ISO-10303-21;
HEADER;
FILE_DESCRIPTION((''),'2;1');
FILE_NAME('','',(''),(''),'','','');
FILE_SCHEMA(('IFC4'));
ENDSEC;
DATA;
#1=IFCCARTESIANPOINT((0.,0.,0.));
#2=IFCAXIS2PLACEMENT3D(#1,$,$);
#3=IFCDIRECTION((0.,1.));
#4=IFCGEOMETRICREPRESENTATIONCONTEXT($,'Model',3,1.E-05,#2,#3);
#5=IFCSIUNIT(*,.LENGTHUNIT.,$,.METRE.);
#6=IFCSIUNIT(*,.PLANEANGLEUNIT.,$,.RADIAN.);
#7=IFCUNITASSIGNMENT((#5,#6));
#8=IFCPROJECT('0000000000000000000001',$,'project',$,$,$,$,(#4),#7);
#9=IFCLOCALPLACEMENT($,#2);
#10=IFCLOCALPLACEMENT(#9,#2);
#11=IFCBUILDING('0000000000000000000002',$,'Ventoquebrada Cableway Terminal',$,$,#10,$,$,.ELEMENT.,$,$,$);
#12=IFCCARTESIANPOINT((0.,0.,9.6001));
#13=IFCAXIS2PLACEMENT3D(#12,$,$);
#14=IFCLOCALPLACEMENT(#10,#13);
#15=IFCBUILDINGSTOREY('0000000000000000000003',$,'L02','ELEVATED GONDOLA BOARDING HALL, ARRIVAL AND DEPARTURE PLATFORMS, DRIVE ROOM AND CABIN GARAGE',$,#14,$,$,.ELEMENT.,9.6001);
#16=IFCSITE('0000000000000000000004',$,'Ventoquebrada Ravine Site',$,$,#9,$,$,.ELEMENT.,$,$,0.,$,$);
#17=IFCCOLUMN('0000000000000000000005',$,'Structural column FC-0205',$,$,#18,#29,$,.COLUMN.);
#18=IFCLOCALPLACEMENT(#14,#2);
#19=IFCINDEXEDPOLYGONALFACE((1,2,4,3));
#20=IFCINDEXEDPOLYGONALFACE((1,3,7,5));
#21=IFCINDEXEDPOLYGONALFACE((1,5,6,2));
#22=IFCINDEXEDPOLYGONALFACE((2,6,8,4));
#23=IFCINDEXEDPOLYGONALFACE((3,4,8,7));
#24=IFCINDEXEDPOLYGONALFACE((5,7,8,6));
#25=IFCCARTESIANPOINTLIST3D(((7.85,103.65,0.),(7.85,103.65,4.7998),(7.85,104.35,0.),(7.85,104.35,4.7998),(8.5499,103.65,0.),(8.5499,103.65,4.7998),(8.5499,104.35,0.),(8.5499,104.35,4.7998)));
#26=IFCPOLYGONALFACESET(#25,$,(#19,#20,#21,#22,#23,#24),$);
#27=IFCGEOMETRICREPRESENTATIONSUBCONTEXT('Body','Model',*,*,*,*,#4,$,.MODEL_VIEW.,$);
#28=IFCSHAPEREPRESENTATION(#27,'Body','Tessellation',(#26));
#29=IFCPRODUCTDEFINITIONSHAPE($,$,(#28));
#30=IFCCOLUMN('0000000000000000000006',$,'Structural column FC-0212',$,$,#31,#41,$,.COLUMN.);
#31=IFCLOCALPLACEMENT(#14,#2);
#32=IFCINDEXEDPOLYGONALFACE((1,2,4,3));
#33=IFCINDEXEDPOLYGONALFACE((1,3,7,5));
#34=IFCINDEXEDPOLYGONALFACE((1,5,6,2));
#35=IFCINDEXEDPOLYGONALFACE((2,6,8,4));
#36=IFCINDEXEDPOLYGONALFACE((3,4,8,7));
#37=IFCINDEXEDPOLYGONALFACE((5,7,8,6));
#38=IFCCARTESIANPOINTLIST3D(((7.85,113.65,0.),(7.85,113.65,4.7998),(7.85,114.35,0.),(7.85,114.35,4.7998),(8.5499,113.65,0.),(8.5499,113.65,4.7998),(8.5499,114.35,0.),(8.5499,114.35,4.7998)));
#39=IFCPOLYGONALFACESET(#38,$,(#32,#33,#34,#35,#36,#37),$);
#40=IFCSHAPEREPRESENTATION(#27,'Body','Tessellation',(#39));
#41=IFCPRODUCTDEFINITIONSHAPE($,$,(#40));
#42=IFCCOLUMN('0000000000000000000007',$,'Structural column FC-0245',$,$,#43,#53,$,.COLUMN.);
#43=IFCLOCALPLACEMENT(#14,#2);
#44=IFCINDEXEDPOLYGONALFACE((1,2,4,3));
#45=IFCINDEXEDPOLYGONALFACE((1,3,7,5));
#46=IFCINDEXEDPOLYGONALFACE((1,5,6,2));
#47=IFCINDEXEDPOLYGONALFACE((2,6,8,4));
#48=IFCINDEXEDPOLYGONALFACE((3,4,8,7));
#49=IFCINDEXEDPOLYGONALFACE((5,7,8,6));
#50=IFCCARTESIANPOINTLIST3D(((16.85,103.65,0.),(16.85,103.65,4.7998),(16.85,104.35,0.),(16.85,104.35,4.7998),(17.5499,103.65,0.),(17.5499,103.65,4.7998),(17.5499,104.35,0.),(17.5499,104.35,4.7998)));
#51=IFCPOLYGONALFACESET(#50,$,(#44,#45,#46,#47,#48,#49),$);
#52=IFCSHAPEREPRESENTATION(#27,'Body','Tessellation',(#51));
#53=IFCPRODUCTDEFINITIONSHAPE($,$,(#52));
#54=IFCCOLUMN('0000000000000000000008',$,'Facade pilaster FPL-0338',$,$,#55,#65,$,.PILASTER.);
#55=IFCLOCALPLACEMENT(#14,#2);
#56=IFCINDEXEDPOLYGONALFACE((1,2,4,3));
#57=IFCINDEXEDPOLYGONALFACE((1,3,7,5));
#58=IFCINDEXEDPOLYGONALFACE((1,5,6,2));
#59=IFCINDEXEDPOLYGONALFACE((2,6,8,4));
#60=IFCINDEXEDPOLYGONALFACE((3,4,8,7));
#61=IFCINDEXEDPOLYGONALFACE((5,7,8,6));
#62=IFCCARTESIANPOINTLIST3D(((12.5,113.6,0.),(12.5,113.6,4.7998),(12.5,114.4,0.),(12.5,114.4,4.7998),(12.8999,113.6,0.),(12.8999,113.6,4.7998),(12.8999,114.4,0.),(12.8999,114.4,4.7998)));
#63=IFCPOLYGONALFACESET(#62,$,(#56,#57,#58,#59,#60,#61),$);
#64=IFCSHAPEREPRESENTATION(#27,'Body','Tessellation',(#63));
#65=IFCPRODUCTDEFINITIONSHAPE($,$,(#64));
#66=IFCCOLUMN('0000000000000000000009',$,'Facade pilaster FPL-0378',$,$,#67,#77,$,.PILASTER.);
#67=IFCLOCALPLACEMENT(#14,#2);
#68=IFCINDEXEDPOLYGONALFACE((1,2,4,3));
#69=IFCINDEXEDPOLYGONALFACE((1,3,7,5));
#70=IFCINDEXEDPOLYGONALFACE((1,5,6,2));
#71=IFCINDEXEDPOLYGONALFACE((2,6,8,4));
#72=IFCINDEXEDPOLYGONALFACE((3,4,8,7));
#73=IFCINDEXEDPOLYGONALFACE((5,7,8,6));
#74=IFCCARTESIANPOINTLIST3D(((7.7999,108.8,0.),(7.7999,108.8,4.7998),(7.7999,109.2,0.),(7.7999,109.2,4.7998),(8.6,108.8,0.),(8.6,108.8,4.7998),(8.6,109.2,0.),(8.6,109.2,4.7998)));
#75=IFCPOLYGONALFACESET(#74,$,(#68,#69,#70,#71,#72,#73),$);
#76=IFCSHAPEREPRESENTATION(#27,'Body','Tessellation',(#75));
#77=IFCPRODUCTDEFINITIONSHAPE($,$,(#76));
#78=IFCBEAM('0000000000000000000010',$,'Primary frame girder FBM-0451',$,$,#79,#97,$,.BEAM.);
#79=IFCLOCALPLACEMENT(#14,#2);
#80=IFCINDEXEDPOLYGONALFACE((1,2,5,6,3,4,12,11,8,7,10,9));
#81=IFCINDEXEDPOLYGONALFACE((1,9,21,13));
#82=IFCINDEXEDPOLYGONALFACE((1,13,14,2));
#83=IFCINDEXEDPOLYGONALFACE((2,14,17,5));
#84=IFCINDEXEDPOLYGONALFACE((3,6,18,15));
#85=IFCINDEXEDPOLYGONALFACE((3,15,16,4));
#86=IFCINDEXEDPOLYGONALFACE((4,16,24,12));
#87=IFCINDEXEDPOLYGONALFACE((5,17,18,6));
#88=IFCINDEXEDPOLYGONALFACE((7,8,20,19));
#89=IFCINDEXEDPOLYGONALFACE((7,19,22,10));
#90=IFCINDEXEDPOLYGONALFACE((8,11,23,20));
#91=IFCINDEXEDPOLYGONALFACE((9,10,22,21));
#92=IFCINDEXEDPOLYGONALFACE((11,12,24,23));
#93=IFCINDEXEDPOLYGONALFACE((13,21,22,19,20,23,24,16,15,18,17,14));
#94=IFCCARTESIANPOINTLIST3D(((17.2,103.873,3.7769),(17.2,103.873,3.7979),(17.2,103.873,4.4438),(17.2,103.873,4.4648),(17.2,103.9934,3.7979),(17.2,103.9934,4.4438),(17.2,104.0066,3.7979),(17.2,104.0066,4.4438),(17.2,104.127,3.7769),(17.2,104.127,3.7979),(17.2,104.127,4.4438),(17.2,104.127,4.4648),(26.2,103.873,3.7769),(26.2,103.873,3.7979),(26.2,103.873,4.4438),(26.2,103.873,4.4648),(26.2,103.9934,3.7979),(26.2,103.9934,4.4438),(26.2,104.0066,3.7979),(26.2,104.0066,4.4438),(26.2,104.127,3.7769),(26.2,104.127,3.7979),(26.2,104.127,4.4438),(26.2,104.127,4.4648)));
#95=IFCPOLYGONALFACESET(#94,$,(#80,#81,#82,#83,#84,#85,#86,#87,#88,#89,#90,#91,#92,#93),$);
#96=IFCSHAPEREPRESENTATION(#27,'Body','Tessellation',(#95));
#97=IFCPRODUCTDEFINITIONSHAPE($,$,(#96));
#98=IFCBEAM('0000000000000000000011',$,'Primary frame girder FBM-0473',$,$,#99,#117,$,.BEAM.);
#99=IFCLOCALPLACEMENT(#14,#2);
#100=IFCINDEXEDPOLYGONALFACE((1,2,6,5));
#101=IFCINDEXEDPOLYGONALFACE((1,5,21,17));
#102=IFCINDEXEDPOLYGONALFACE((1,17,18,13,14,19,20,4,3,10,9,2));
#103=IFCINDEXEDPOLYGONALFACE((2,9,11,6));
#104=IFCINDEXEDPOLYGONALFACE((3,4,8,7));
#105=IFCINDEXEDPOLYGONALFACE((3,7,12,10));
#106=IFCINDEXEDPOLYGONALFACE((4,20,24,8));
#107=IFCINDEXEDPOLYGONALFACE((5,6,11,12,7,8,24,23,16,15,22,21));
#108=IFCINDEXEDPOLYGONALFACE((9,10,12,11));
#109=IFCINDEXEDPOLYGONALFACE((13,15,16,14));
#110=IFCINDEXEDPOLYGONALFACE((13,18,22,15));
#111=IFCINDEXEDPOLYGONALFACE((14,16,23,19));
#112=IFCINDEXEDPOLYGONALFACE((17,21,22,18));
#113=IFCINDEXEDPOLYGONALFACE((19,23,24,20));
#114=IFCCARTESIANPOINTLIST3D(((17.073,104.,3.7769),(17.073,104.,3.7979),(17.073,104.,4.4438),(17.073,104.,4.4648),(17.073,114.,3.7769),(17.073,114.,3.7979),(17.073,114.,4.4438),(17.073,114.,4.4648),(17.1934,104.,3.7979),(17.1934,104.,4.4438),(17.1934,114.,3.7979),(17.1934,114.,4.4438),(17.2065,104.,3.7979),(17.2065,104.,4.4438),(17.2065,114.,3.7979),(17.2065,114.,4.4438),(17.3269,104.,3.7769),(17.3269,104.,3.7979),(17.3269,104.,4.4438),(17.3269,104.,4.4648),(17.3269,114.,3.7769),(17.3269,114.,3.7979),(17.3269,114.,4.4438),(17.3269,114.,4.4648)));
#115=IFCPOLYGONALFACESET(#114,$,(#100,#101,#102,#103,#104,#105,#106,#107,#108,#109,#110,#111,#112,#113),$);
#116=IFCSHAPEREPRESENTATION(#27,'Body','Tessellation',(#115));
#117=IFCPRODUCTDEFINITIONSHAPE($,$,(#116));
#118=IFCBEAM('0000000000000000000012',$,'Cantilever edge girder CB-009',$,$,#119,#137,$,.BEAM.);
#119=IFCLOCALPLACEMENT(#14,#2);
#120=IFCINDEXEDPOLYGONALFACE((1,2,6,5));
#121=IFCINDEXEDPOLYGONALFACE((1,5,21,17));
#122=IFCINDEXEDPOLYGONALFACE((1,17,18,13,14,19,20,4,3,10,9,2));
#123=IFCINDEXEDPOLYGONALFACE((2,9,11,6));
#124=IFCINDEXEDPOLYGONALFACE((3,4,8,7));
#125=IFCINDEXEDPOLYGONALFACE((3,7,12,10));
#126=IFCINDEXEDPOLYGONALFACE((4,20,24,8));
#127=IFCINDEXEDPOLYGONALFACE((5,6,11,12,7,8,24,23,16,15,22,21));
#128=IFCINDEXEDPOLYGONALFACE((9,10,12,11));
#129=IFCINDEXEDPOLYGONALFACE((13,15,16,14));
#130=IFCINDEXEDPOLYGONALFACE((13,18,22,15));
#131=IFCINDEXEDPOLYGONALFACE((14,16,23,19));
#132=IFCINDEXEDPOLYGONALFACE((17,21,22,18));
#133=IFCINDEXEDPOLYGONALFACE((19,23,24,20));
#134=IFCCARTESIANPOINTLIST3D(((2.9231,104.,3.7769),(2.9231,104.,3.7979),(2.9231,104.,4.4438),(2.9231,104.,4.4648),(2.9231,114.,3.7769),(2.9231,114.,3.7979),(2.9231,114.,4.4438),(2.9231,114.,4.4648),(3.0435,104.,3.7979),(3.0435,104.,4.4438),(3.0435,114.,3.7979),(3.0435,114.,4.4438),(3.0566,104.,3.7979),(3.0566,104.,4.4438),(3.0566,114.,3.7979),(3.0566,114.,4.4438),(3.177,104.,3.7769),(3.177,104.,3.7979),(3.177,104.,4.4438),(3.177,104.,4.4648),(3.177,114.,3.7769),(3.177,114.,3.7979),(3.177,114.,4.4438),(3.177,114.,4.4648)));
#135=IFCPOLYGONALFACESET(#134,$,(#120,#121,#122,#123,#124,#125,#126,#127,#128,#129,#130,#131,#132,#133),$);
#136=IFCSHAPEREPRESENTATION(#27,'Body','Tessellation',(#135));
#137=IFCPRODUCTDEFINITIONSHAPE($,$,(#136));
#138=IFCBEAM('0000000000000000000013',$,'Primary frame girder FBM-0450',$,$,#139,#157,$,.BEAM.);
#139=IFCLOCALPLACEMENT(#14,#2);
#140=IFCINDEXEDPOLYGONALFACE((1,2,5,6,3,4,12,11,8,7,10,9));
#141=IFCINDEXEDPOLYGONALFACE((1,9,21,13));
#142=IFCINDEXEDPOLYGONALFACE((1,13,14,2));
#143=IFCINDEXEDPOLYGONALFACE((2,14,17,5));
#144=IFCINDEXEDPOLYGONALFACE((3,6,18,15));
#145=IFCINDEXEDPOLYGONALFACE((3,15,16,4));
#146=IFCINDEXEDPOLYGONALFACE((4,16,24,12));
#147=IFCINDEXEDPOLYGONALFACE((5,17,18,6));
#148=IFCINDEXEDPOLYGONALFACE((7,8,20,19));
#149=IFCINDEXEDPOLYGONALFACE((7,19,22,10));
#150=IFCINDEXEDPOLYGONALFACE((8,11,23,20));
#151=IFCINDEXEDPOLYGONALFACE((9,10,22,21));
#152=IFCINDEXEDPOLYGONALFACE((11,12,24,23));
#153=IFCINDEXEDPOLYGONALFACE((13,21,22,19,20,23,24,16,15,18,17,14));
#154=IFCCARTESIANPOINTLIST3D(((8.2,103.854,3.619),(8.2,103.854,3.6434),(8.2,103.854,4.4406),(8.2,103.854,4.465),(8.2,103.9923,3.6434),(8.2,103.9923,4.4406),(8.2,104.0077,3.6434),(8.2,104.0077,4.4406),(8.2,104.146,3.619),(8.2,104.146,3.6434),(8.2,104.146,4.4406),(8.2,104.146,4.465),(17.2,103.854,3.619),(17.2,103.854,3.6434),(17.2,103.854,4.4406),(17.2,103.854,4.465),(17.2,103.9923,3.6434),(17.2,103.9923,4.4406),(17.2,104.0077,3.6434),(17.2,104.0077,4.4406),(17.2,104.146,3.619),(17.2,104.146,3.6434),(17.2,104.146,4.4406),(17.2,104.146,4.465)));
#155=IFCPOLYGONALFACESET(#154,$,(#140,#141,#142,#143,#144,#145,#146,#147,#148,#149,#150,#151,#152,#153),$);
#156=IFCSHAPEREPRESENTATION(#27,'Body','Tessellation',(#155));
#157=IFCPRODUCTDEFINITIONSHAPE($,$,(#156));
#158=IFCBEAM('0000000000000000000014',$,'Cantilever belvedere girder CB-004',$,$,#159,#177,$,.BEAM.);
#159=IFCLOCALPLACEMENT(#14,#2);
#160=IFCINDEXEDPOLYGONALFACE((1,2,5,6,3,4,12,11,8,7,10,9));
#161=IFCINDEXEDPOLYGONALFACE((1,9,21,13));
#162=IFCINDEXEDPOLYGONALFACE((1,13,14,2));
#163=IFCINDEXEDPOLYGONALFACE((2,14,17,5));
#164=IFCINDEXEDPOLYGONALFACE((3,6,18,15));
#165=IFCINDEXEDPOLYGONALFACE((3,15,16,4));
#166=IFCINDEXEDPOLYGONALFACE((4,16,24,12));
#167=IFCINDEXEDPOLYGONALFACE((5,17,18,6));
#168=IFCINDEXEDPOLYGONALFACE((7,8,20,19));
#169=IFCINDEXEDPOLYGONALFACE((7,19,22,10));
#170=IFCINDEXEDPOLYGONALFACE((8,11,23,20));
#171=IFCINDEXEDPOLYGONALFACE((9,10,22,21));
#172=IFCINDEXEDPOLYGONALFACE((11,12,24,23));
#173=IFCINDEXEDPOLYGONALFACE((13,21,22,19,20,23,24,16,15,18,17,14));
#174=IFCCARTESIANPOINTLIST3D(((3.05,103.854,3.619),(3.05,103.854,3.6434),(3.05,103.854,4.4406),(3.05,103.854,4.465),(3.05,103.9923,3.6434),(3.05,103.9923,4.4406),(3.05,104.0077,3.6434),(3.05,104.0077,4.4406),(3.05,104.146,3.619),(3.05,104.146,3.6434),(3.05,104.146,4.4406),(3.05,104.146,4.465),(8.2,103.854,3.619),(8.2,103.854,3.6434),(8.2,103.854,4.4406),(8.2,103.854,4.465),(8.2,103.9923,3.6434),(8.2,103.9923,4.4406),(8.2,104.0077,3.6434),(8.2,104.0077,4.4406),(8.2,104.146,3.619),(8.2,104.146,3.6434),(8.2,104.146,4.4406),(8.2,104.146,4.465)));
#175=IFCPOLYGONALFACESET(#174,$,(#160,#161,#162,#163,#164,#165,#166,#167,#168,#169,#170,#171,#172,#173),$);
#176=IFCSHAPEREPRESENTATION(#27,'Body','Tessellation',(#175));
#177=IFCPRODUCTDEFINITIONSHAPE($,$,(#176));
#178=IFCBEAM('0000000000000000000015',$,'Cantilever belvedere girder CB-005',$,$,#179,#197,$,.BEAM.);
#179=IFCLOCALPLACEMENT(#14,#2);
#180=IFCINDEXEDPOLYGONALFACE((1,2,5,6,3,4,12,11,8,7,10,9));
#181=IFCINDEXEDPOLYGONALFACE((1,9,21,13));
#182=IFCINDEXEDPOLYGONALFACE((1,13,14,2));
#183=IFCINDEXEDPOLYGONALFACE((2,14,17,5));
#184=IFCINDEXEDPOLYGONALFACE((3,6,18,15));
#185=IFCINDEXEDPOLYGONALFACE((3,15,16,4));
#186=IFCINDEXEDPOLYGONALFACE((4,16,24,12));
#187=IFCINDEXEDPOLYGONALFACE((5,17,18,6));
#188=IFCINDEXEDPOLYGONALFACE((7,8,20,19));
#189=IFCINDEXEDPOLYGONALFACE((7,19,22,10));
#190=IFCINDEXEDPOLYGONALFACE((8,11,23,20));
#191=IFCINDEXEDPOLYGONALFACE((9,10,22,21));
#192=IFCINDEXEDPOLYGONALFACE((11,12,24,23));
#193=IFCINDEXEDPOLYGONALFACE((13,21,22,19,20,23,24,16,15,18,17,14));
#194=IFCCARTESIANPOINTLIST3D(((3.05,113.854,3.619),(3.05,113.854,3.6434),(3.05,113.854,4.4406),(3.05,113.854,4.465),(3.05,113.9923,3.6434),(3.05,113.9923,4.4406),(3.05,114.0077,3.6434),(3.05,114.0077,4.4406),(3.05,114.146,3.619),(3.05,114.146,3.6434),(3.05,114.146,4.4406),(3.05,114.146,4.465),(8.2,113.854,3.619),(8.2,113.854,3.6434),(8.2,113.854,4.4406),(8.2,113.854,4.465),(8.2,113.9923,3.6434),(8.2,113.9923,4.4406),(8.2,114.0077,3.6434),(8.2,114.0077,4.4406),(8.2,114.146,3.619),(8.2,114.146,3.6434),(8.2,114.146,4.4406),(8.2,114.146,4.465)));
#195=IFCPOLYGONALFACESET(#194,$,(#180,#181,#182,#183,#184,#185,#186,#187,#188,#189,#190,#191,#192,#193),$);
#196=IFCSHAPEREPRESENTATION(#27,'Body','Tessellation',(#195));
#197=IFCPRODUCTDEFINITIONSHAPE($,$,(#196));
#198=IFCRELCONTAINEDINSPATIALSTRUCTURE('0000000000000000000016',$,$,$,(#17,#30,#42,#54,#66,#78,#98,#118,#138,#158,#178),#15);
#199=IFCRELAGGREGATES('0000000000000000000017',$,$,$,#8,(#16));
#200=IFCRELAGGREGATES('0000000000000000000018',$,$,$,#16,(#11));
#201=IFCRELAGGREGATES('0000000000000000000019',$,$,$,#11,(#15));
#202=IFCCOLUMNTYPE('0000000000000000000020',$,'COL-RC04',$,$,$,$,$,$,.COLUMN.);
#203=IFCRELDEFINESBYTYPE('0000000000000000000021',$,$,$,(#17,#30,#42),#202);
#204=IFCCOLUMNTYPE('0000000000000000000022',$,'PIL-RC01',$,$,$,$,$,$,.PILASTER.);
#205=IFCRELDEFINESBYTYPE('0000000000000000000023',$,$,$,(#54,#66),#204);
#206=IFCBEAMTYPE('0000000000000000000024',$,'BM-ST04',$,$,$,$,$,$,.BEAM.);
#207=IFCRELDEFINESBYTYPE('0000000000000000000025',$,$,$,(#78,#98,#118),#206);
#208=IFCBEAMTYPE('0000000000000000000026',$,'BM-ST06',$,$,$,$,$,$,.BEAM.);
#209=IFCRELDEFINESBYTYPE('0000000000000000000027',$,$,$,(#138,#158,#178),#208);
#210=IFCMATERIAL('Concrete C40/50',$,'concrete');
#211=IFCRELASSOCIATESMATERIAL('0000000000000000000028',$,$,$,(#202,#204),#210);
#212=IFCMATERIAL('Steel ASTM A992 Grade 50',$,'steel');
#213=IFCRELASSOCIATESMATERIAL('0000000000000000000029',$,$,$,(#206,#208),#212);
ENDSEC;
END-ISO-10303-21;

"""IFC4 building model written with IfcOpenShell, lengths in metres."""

from ifc_helpers import new_model, si_unit, direction, frame, origin, origin_2d, place, context, subcontext, project, spatial, rectangle, i_section, extrude, material, material_profile, profile_set, type_object, element, save


model = new_model("IFC4")

# Units and contexts
model_context = context("Model", 3, precision=1e-05, world=origin(), true_north=direction((0.0, 1.0)))
body_context = subcontext(model_context, "Body", "Model", "MODEL_VIEW")
ifc_project = project(units=[si_unit("LENGTHUNIT", "METRE"), si_unit("PLANEANGLEUNIT", "RADIAN")], contexts=[model_context])

# Site, building, storey
site_placement = place(None, origin())
site = spatial("IfcSite", under=ifc_project, at=site_placement, Name="Ventoquebrada Ravine Site", CompositionType="ELEMENT", RefElevation=0.0)
building_placement = place(site_placement, origin())
building = spatial("IfcBuilding", under=site, at=building_placement, Name="Ventoquebrada Cableway Terminal", CompositionType="ELEMENT")
storey_placement = place(building_placement, frame((0.0, 0.0, 9.6001)))
storey = spatial("IfcBuildingStorey", under=building, at=storey_placement, Name="L02", Description="ELEVATED GONDOLA BOARDING HALL, ARRIVAL AND DEPARTURE PLATFORMS, DRIVE ROOM AND CABIN GARAGE", CompositionType="ELEMENT", Elevation=9.6001)

# Columns
ifc_material_1 = material(Name="Concrete C40/50", Category="concrete")
ifc_material_profile_1 = material_profile(ifc_material_1, rectangle(XDim=0.7, YDim=0.7, at=origin_2d()), Name="RC-COL-700X700")
ifc_profile_set_1 = profile_set([ifc_material_profile_1], Name="Concrete C40/50")
column_type_1 = type_object("IfcColumnType", Name="COL-RC04", PredefinedType="COLUMN", material=ifc_profile_set_1)
for number, where, z_axis, x_axis, name in (
    (1, (8.2, 104.0, 0.0), (0.0, 0.0, 1.0), (1.0, 0.0, 0.0), "Structural column FC-0205"),
    (2, (8.2, 114.0, 0.0), (0.0, 0.0, 1.0), (1.0, 0.0, 0.0), "Structural column FC-0212"),
    (3, (17.2, 104.0, 0.0), (0.0, 0.0, 1.0), (1.0, 0.0, 0.0), "Structural column FC-0245"),
):
    element("IfcColumn", number, at=place(storey_placement, frame(where, z_axis=z_axis, x_axis=x_axis)), inside=storey, type_object=column_type_1, Name=name, PredefinedType="COLUMN", context=body_context, shape_type="SweptSolid", body=[
        extrude(rectangle(XDim=0.7, YDim=0.7, at=origin_2d()), origin(), (0.0, 0.0, 1.0), 4.7998),
    ])
ifc_material_profile_2 = material_profile(ifc_material_1, rectangle(XDim=0.3999, YDim=0.8, at=origin_2d()), Name="RC-PIL-400X800")
ifc_profile_set_2 = profile_set([ifc_material_profile_2], Name="Concrete C40/50")
column_type_2 = type_object("IfcColumnType", Name="PIL-RC01", PredefinedType="PILASTER", material=ifc_profile_set_2)
for number, where, z_axis, x_axis, name in (
    (4, (12.7, 114.0, 0.0), (0.0, 0.0, 1.0), (1.0, 0.0, 0.0), "Facade pilaster FPL-0338"),
    (5, (8.2, 109.0, 0.0), (0.0, 0.0, 1.0), (0.0, 1.0, 0.0), "Facade pilaster FPL-0378"),
):
    element("IfcColumn", number, at=place(storey_placement, frame(where, z_axis=z_axis, x_axis=x_axis)), inside=storey, type_object=column_type_2, Name=name, PredefinedType="PILASTER", context=body_context, shape_type="SweptSolid", body=[
        extrude(rectangle(XDim=0.3999, YDim=0.8, at=origin_2d()), origin(), (0.0, 0.0, 1.0), 4.7998),
    ])

# Beams
ifc_material_2 = material(Name="Steel ASTM A992 Grade 50", Category="steel")
ifc_material_profile_3 = material_profile(ifc_material_2, i_section(OverallWidth=0.2539, OverallDepth=0.688, WebThickness=0.0132, FlangeThickness=0.021, at=origin_2d()), Name="W27X102")
ifc_profile_set_3 = profile_set([ifc_material_profile_3], Name="Steel ASTM A992 Grade 50")
beam_type_1 = type_object("IfcBeamType", Name="BM-ST04", PredefinedType="BEAM", material=ifc_profile_set_3)
beam_1_placement = place(storey_placement, frame((17.2, 104.0, 4.1208), z_axis=(1.0, 0.0, 0.0), x_axis=(0.0, 1.0, 0.0)))
element("IfcBeam", 6, at=beam_1_placement, inside=storey, type_object=beam_type_1, Name="Primary frame girder FBM-0451", PredefinedType="BEAM", context=body_context, shape_type="SweptSolid", body=[
    extrude(i_section(OverallWidth=0.2539, OverallDepth=0.688, WebThickness=0.0132, FlangeThickness=0.021, at=origin_2d()), origin(), (0.0, 0.0, 1.0), 9.0),
])
for number, where, z_axis, x_axis, name in (
    (7, (17.2, 104.0, 4.1208), (0.0, 1.0, 0.0), (-1.0, 0.0, 0.0), "Primary frame girder FBM-0473"),
    (8, (3.05, 104.0, 4.1208), (0.0, 1.0, 0.0), (-1.0, 0.0, 0.0), "Cantilever edge girder CB-009"),
):
    element("IfcBeam", number, at=place(storey_placement, frame(where, z_axis=z_axis, x_axis=x_axis)), inside=storey, type_object=beam_type_1, Name=name, PredefinedType="BEAM", context=body_context, shape_type="SweptSolid", body=[
        extrude(i_section(OverallWidth=0.2539, OverallDepth=0.688, WebThickness=0.0132, FlangeThickness=0.021, at=origin_2d()), origin(), (0.0, 0.0, 1.0), 10.0),
    ])
ifc_material_profile_4 = material_profile(ifc_material_2, i_section(OverallWidth=0.292, OverallDepth=0.8459, WebThickness=0.0154, FlangeThickness=0.0244, at=origin_2d()), Name="W33X141")
ifc_profile_set_4 = profile_set([ifc_material_profile_4], Name="Steel ASTM A992 Grade 50")
beam_type_2 = type_object("IfcBeamType", Name="BM-ST06", PredefinedType="BEAM", material=ifc_profile_set_4)
beam_2_placement = place(storey_placement, frame((8.2, 104.0, 4.042), z_axis=(1.0, 0.0, 0.0), x_axis=(0.0, 1.0, 0.0)))
element("IfcBeam", 9, at=beam_2_placement, inside=storey, type_object=beam_type_2, Name="Primary frame girder FBM-0450", PredefinedType="BEAM", context=body_context, shape_type="SweptSolid", body=[
    extrude(i_section(OverallWidth=0.292, OverallDepth=0.8459, WebThickness=0.0154, FlangeThickness=0.0244, at=origin_2d()), origin(), (0.0, 0.0, 1.0), 9.0),
])
for number, where, z_axis, x_axis, name in (
    (10, (3.05, 104.0, 4.042), (1.0, 0.0, 0.0), (0.0, 1.0, 0.0), "Cantilever belvedere girder CB-004"),
    (11, (3.05, 114.0, 4.042), (1.0, 0.0, 0.0), (0.0, 1.0, 0.0), "Cantilever belvedere girder CB-005"),
):
    element("IfcBeam", number, at=place(storey_placement, frame(where, z_axis=z_axis, x_axis=x_axis)), inside=storey, type_object=beam_type_2, Name=name, PredefinedType="BEAM", context=body_context, shape_type="SweptSolid", body=[
        extrude(i_section(OverallWidth=0.292, OverallDepth=0.8459, WebThickness=0.0154, FlangeThickness=0.0244, at=origin_2d()), origin(), (0.0, 0.0, 1.0), 5.1499),
    ])

save(model, "model.ifc")
